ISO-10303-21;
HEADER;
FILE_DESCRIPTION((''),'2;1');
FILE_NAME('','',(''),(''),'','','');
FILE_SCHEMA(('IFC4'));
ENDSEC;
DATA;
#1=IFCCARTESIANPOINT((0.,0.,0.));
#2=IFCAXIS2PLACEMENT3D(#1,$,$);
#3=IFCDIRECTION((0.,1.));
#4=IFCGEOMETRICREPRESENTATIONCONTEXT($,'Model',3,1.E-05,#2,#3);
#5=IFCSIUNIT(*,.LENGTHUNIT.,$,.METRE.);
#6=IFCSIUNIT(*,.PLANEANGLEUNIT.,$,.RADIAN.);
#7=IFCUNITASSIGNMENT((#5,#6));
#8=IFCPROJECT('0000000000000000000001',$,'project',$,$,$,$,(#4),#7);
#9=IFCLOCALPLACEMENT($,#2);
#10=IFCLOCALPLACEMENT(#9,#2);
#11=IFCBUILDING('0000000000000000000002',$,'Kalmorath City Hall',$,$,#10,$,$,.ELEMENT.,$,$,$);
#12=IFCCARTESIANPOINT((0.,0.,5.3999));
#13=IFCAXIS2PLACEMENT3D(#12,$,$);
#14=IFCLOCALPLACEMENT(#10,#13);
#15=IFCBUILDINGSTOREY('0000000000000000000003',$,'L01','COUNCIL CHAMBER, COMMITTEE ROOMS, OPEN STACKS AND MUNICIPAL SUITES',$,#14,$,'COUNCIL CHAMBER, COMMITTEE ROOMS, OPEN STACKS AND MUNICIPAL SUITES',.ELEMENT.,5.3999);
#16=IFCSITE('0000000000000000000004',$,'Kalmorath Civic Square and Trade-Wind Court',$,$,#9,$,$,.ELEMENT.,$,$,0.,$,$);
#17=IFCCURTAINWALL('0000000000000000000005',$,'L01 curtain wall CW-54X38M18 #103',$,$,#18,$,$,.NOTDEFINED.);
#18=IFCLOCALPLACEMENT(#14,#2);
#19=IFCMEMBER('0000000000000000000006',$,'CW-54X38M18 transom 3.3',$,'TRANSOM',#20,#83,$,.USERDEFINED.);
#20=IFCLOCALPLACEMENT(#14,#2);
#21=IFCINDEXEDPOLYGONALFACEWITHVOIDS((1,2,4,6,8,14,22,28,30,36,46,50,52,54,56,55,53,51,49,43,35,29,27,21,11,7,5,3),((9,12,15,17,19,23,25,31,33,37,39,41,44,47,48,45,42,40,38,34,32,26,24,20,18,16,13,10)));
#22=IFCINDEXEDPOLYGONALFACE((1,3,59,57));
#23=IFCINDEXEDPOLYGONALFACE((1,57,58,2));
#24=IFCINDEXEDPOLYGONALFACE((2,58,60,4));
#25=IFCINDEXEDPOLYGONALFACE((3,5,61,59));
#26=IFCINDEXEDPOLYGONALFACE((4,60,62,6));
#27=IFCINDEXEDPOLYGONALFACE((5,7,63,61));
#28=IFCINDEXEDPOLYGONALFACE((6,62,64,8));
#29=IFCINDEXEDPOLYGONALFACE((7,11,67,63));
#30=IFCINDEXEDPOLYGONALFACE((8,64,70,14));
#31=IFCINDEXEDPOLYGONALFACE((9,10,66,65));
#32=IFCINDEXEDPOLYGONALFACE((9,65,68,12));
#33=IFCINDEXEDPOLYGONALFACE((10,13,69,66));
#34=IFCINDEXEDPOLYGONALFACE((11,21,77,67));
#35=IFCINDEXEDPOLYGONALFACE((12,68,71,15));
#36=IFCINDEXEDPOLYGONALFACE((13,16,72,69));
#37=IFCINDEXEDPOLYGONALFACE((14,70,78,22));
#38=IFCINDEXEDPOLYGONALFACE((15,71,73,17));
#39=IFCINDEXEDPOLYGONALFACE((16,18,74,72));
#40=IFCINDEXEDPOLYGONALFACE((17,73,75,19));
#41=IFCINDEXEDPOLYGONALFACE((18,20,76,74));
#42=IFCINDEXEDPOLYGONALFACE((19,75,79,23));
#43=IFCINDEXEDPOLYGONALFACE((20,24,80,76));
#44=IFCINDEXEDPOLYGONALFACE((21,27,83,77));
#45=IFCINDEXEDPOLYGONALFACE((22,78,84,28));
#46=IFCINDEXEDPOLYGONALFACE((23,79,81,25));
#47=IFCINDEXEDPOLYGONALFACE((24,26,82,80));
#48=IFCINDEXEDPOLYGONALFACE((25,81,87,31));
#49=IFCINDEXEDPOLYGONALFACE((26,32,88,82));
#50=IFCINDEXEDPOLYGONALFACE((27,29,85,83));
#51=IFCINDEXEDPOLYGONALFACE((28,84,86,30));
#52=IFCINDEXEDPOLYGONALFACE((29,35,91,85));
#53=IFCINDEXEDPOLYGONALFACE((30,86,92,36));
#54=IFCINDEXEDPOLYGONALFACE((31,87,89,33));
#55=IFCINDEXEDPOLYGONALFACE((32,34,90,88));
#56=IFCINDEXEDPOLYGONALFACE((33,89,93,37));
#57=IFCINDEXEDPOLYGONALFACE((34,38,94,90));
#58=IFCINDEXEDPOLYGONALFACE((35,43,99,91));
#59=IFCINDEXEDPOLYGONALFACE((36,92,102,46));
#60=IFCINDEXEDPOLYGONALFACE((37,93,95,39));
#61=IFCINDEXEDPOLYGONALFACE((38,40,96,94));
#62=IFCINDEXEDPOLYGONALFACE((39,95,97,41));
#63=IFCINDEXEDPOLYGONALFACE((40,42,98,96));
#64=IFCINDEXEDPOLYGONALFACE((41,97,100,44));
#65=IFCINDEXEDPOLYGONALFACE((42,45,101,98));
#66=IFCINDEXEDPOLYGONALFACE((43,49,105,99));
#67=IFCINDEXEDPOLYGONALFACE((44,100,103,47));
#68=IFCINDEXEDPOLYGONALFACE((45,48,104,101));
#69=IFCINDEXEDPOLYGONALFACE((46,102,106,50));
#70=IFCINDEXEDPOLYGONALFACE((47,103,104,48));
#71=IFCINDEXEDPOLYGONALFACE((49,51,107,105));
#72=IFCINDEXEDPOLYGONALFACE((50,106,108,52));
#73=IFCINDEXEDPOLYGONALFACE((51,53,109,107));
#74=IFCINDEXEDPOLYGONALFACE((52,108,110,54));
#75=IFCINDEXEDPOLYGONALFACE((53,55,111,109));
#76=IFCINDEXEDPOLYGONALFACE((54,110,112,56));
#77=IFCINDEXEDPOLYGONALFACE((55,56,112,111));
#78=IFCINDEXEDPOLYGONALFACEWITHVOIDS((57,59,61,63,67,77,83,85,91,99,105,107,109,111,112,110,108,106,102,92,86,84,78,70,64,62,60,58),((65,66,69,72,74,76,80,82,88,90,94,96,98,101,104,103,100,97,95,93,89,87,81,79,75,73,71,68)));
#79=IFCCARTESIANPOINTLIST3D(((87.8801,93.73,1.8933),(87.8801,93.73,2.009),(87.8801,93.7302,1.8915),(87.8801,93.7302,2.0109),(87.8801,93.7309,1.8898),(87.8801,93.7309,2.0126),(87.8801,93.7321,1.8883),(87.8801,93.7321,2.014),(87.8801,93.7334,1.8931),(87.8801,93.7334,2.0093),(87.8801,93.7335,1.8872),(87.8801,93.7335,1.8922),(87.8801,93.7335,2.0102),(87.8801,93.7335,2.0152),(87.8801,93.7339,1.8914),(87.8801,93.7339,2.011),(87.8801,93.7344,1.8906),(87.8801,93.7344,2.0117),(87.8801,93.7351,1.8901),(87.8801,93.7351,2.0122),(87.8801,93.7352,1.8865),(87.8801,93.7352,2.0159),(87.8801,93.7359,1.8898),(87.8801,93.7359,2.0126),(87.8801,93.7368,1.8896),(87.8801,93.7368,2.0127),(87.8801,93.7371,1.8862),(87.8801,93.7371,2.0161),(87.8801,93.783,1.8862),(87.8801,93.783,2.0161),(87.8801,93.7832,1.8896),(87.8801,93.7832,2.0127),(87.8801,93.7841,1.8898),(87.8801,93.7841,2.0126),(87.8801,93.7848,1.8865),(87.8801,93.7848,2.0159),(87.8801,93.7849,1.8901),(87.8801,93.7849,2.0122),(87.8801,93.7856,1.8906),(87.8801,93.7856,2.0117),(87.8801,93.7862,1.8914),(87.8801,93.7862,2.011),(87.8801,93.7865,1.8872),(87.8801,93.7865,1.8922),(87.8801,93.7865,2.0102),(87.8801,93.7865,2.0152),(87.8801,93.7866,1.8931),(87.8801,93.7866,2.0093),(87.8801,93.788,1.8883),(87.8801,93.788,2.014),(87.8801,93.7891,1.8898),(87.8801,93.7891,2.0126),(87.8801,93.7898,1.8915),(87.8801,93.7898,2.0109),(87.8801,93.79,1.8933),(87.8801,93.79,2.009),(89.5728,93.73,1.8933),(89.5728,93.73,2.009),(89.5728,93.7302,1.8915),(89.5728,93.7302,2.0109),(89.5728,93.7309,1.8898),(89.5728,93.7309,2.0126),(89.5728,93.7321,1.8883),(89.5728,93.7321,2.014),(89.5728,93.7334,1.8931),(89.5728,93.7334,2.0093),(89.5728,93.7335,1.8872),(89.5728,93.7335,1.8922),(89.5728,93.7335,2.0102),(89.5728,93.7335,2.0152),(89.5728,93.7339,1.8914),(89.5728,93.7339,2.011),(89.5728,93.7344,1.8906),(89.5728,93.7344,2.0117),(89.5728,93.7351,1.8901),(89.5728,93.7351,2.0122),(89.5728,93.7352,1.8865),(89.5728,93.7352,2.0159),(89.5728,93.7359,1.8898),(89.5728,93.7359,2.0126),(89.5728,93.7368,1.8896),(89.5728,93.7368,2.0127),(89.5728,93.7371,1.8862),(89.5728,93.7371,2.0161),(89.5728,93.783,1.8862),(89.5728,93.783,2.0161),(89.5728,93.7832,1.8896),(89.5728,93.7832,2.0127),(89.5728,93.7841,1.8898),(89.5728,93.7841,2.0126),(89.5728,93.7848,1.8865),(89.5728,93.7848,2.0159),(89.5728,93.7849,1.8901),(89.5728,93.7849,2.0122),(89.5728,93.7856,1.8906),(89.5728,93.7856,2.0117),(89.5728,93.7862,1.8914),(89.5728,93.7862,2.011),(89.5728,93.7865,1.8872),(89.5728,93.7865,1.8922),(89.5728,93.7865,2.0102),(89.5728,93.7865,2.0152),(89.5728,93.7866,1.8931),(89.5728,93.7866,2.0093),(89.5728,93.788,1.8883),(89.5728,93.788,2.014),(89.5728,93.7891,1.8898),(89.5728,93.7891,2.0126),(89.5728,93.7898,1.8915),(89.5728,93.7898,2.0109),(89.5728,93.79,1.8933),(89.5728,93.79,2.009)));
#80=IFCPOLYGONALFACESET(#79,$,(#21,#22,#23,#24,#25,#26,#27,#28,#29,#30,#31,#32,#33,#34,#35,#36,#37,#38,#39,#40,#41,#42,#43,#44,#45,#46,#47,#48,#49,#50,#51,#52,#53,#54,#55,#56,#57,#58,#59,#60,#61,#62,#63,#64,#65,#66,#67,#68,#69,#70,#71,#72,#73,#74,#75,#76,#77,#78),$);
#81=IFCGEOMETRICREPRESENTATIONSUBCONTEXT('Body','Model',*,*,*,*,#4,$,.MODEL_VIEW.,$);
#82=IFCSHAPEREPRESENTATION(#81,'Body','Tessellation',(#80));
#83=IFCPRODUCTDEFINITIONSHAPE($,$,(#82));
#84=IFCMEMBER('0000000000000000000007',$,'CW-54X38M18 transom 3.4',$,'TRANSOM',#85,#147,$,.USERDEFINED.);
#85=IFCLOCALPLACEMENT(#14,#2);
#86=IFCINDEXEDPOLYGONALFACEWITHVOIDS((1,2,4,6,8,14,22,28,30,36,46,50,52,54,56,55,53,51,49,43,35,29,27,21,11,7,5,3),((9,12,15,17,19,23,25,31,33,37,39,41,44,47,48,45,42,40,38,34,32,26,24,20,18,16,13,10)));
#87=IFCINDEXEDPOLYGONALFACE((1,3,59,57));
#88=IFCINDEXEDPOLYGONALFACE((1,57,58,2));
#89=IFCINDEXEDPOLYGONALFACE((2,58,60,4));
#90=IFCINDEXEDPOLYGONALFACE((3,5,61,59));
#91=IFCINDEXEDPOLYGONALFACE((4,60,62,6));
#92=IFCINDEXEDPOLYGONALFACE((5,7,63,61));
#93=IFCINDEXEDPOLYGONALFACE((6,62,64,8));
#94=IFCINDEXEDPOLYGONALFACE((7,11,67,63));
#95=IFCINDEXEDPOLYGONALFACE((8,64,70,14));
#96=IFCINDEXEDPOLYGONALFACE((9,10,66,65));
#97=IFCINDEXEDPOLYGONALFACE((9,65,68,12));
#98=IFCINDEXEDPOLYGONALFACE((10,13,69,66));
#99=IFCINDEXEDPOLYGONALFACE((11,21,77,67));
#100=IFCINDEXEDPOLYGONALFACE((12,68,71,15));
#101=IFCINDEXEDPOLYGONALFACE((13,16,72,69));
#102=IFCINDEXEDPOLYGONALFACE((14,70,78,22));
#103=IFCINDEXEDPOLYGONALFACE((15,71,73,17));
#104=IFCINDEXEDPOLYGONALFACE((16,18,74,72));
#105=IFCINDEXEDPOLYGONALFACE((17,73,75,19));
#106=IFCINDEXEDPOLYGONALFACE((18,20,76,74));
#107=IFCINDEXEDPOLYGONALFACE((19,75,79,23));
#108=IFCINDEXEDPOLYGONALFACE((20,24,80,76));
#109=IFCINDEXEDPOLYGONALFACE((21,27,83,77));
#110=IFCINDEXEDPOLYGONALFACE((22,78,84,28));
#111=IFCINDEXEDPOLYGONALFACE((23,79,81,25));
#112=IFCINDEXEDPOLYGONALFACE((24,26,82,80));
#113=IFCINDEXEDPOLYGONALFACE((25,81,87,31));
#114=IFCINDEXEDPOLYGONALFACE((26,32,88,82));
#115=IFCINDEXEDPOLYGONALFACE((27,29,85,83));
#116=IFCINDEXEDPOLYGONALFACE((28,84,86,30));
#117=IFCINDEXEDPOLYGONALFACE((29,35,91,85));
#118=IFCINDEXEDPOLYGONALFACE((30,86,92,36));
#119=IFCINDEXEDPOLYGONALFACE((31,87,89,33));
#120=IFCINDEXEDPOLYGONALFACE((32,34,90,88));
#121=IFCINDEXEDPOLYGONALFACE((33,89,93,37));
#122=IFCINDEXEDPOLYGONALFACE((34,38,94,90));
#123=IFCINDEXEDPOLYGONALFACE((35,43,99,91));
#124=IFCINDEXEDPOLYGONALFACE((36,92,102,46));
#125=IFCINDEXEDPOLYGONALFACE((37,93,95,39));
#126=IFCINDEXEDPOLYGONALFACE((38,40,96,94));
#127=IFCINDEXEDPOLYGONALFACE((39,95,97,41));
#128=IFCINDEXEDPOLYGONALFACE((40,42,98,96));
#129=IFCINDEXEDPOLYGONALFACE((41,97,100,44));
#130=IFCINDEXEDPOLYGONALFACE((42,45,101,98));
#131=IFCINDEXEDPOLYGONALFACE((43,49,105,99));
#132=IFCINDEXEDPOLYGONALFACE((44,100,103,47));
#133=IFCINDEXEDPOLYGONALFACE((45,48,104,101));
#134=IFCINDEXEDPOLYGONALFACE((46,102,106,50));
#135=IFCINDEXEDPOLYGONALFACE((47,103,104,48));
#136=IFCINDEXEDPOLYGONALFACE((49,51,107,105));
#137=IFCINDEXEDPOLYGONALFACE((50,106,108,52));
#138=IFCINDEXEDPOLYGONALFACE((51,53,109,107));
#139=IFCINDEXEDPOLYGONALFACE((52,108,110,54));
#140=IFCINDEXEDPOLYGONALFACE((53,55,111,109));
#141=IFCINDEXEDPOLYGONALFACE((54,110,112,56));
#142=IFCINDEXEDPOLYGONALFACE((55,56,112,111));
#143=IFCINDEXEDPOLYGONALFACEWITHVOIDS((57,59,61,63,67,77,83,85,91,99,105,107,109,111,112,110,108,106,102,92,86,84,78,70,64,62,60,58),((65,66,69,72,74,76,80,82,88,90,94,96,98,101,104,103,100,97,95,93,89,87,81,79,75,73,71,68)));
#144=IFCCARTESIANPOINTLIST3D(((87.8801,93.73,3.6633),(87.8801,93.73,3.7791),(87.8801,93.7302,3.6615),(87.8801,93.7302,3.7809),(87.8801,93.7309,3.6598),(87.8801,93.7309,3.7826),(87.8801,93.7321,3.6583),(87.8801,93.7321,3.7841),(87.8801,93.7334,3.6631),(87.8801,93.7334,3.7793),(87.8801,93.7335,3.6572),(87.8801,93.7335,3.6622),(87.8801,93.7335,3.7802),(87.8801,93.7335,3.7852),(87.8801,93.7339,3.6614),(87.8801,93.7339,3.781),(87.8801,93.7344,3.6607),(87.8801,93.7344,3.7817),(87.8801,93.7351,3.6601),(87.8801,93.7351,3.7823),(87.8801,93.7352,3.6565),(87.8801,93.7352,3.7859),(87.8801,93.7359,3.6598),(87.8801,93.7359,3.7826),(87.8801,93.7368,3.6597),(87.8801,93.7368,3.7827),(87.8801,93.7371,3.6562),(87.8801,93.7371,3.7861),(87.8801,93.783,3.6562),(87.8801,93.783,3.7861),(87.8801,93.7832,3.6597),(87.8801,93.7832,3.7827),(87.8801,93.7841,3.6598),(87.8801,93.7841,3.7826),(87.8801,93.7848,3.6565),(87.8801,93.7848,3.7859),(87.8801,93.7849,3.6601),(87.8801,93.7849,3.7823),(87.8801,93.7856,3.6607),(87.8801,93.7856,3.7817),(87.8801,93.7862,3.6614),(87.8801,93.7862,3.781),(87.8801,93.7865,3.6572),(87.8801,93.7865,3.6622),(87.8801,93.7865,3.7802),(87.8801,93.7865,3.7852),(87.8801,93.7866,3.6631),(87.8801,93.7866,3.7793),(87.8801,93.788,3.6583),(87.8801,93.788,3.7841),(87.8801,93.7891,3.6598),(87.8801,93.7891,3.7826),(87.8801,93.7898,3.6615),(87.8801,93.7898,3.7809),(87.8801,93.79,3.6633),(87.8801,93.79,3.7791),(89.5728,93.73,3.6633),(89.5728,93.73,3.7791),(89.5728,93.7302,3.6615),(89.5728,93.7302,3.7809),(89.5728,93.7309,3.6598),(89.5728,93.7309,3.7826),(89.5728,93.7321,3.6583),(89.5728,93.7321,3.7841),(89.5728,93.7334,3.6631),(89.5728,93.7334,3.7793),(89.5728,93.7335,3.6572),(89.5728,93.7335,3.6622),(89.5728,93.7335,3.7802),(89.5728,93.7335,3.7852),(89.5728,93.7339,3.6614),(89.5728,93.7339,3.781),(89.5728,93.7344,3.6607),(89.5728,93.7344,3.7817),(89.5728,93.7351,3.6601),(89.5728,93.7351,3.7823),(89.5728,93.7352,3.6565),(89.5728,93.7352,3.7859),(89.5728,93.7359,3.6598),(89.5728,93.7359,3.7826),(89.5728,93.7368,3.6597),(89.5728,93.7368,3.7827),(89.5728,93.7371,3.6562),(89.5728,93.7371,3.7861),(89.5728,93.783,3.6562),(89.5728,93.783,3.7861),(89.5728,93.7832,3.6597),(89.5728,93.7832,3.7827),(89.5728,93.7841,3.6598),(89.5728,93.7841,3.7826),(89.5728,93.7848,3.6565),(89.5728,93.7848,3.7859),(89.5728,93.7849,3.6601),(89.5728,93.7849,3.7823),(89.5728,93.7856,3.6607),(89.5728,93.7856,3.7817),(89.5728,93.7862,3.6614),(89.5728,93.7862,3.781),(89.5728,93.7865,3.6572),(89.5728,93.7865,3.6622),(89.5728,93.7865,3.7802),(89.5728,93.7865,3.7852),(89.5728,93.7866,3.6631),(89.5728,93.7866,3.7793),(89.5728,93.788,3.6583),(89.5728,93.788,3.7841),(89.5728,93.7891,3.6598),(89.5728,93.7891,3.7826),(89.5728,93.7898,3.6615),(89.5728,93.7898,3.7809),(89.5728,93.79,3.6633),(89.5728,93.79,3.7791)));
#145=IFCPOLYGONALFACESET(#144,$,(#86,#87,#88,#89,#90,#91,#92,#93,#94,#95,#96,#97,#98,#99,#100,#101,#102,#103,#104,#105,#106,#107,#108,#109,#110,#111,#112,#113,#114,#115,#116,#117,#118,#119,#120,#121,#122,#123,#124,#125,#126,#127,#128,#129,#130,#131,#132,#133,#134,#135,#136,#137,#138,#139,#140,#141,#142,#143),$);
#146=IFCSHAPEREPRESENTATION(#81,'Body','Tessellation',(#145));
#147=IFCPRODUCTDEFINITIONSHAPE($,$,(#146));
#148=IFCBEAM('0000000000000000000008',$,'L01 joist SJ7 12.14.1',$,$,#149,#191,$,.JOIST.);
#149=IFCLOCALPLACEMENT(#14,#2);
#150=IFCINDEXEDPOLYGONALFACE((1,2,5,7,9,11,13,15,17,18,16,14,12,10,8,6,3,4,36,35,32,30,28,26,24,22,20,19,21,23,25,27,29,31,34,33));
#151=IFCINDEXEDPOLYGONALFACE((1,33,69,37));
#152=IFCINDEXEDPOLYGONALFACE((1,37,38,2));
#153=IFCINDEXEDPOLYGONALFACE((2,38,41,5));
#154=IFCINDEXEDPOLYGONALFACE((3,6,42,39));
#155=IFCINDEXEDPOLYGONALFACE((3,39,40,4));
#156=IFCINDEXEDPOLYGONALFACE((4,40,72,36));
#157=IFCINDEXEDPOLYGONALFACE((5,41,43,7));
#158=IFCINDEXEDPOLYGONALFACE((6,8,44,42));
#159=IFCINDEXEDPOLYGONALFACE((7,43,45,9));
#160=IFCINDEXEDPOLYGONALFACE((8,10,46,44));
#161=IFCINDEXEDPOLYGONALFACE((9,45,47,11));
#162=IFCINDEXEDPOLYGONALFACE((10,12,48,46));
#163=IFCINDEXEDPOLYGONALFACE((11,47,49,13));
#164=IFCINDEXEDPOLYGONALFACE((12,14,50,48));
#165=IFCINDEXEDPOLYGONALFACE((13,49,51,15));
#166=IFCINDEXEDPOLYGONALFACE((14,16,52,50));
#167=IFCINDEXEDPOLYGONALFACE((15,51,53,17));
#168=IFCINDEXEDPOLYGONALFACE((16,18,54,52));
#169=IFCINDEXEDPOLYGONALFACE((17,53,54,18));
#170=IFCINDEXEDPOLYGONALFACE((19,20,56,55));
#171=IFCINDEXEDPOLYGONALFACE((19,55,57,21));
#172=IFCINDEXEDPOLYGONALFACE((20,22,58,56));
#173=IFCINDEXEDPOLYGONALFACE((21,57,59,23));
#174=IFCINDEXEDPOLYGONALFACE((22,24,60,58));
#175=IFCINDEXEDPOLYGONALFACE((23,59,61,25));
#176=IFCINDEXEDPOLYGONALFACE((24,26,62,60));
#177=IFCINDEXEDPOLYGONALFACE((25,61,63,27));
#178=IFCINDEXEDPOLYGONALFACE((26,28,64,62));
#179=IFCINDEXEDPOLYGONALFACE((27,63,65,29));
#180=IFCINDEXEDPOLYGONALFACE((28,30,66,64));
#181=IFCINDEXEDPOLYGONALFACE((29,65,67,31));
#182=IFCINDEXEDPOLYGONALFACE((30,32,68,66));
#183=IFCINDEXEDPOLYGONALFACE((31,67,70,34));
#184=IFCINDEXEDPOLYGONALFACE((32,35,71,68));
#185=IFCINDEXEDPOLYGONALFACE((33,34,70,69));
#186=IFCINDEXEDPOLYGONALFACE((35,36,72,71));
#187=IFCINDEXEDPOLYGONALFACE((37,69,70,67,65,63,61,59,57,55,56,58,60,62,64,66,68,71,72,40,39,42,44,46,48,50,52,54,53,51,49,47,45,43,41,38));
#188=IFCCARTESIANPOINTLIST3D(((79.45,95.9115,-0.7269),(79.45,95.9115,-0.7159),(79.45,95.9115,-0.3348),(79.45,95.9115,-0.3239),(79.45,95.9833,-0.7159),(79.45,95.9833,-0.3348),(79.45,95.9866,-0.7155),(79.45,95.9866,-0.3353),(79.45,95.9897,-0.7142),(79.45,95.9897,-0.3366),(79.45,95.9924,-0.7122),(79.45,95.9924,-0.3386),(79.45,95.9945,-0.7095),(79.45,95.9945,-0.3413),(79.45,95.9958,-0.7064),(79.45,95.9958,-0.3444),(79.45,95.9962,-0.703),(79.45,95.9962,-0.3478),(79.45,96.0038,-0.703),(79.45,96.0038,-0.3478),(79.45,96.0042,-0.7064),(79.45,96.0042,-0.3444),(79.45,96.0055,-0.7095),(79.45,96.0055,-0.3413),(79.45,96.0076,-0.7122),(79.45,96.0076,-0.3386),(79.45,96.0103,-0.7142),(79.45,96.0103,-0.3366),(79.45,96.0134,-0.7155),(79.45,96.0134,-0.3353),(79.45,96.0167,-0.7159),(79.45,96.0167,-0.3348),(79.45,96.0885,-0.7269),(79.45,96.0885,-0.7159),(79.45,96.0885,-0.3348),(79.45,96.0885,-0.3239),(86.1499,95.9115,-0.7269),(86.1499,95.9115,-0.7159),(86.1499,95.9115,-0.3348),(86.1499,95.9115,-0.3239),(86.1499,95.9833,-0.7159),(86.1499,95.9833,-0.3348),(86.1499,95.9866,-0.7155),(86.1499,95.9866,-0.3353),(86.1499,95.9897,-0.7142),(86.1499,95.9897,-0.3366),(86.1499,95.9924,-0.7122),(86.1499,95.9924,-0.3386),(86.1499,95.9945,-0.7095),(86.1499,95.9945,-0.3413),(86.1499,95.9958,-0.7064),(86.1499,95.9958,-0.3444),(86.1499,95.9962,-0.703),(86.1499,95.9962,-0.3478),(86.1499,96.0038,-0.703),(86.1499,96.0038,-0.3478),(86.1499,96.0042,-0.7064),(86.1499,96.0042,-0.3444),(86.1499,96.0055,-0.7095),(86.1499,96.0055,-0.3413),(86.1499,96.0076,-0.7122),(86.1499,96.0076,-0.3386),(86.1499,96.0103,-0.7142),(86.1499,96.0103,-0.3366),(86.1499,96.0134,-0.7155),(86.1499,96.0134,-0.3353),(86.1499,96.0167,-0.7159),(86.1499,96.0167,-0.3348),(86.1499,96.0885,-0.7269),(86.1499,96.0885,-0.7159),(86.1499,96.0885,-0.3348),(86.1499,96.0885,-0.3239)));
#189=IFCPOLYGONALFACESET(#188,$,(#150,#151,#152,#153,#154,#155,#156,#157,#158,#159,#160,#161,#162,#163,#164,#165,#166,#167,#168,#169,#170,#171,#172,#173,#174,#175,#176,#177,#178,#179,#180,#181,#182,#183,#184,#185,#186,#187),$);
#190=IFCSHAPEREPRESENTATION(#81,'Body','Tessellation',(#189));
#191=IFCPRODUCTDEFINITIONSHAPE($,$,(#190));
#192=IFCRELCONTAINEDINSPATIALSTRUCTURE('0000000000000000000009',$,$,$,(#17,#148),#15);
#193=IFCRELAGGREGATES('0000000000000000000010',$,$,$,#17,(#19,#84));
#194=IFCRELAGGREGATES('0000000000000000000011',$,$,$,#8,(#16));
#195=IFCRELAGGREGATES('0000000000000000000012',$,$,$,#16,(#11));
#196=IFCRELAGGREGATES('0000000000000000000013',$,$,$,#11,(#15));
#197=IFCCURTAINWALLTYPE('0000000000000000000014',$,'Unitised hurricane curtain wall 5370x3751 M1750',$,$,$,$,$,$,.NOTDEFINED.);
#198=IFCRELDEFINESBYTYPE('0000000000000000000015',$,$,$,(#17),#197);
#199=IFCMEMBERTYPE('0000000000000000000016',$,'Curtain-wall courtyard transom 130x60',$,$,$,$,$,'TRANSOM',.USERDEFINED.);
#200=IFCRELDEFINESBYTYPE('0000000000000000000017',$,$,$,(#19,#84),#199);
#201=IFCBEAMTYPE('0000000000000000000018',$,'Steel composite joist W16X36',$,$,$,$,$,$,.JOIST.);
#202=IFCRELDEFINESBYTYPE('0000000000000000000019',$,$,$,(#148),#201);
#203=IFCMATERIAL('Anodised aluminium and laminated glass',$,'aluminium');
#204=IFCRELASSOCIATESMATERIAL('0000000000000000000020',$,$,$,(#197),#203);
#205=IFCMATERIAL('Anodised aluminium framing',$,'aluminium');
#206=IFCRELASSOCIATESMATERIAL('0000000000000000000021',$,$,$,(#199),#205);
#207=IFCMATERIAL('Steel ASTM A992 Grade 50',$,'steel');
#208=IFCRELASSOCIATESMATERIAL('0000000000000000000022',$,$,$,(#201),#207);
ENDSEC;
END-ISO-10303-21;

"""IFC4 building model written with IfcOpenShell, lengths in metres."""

from ifc_helpers import new_model, si_unit, direction, frame, origin, origin_2d, place, context, subcontext, project, spatial, hollow_rectangle, i_section, extrude, material, material_profile, profile_set, type_object, element, aggregate, save


model = new_model("IFC4")

# Units and contexts
model_context = context("Model", 3, precision=1e-05, world=origin(), true_north=direction((0.0, 1.0)))
body_context = subcontext(model_context, "Body", "Model", "MODEL_VIEW")
ifc_project = project(units=[si_unit("LENGTHUNIT", "METRE"), si_unit("PLANEANGLEUNIT", "RADIAN")], contexts=[model_context])

# Site, building, storey
site_placement = place(None, origin())
site = spatial("IfcSite", under=ifc_project, at=site_placement, Name="Kalmorath Civic Square and Trade-Wind Court", CompositionType="ELEMENT", RefElevation=0.0)
building_placement = place(site_placement, origin())
building = spatial("IfcBuilding", under=site, at=building_placement, Name="Kalmorath City Hall", CompositionType="ELEMENT")
storey_placement = place(building_placement, frame((0.0, 0.0, 5.3999)))
storey = spatial("IfcBuildingStorey", under=building, at=storey_placement, Name="L01", Description="COUNCIL CHAMBER, COMMITTEE ROOMS, OPEN STACKS AND MUNICIPAL SUITES", LongName="COUNCIL CHAMBER, COMMITTEE ROOMS, OPEN STACKS AND MUNICIPAL SUITES", CompositionType="ELEMENT", Elevation=5.3999)

# Curtain wall, members
ifc_material_1 = material(Name="Anodised aluminium and laminated glass", Category="aluminium")
curtain_wall_type = type_object("IfcCurtainWallType", Name="Unitised hurricane curtain wall 5370x3751 M1750", PredefinedType="NOTDEFINED", material=ifc_material_1)
curtain_wall_placement = place(storey_placement, origin())
curtain_wall = element("IfcCurtainWall", 1, at=curtain_wall_placement, inside=storey, type_object=curtain_wall_type, Name="L01 curtain wall CW-54X38M18 #103", PredefinedType="NOTDEFINED")
ifc_material_2 = material(Name="Anodised aluminium framing", Category="aluminium")
ifc_material_profile_1 = material_profile(ifc_material_2, hollow_rectangle(XDim=0.0601, YDim=0.1299, WallThickness=0.0034, InnerFilletRadius=0.0034, OuterFilletRadius=0.0071, at=origin_2d()), Name="ALU-TRN-130X60X3.5")
ifc_profile_set_1 = profile_set([ifc_material_profile_1], Name="Anodised aluminium framing")
member_type_1 = type_object("IfcMemberType", Name="Curtain-wall courtyard transom 130x60", ElementType="TRANSOM", PredefinedType="USERDEFINED", material=ifc_profile_set_1)
member_1_placement = place(storey_placement, frame((89.5728, 93.76, 1.9512), z_axis=(-1.0, 0.0, 0.0), x_axis=(0.0, -1.0, 0.0)))
member_1 = element("IfcMember", 2, at=member_1_placement, type_object=member_type_1, Name="CW-54X38M18 transom 3.3", ObjectType="TRANSOM", PredefinedType="USERDEFINED", context=body_context, shape_type="SweptSolid", body=[
    extrude(hollow_rectangle(XDim=0.0601, YDim=0.1299, WallThickness=0.0034, InnerFilletRadius=0.0034, OuterFilletRadius=0.0071, at=origin_2d()), origin(), (0.0, 0.0, 1.0), 1.6926),
])
member_2_placement = place(storey_placement, frame((89.5728, 93.76, 3.7212), z_axis=(-1.0, 0.0, 0.0), x_axis=(0.0, -1.0, 0.0)))
member_2 = element("IfcMember", 3, at=member_2_placement, type_object=member_type_1, Name="CW-54X38M18 transom 3.4", ObjectType="TRANSOM", PredefinedType="USERDEFINED", context=body_context, shape_type="SweptSolid", body=[
    extrude(hollow_rectangle(XDim=0.0601, YDim=0.1299, WallThickness=0.0034, InnerFilletRadius=0.0034, OuterFilletRadius=0.0071, at=origin_2d()), origin(), (0.0, 0.0, 1.0), 1.6926),
])

# Beam
ifc_material_3 = material(Name="Steel ASTM A992 Grade 50", Category="steel")
ifc_material_profile_2 = material_profile(ifc_material_3, i_section(OverallWidth=0.177, OverallDepth=0.4031, WebThickness=0.0076, FlangeThickness=0.011, FilletRadius=0.0129, at=origin_2d()), Name="W16X36")
ifc_profile_set_2 = profile_set([ifc_material_profile_2], Name="Steel ASTM A992 Grade 50")
beam_type_1 = type_object("IfcBeamType", Name="Steel composite joist W16X36", PredefinedType="JOIST", material=ifc_profile_set_2)
for number, where, z_axis, x_axis, name in (
    (4, (79.45, 96.0, -0.5254), (1.0, 0.0, 0.0), (0.0, 1.0, 0.0), "L01 joist SJ7 12.14.1"),
):
    element("IfcBeam", number, at=place(storey_placement, frame(where, z_axis=z_axis, x_axis=x_axis)), inside=storey, type_object=beam_type_1, Name=name, PredefinedType="JOIST", context=body_context, shape_type="SweptSolid", body=[
        extrude(i_section(OverallWidth=0.177, OverallDepth=0.4031, WebThickness=0.0076, FlangeThickness=0.011, FilletRadius=0.0129, at=origin_2d()), origin(), (0.0, 0.0, 1.0), 6.7),
    ])

aggregate(curtain_wall, [member_1, member_2])

save(model, "model.ifc")
